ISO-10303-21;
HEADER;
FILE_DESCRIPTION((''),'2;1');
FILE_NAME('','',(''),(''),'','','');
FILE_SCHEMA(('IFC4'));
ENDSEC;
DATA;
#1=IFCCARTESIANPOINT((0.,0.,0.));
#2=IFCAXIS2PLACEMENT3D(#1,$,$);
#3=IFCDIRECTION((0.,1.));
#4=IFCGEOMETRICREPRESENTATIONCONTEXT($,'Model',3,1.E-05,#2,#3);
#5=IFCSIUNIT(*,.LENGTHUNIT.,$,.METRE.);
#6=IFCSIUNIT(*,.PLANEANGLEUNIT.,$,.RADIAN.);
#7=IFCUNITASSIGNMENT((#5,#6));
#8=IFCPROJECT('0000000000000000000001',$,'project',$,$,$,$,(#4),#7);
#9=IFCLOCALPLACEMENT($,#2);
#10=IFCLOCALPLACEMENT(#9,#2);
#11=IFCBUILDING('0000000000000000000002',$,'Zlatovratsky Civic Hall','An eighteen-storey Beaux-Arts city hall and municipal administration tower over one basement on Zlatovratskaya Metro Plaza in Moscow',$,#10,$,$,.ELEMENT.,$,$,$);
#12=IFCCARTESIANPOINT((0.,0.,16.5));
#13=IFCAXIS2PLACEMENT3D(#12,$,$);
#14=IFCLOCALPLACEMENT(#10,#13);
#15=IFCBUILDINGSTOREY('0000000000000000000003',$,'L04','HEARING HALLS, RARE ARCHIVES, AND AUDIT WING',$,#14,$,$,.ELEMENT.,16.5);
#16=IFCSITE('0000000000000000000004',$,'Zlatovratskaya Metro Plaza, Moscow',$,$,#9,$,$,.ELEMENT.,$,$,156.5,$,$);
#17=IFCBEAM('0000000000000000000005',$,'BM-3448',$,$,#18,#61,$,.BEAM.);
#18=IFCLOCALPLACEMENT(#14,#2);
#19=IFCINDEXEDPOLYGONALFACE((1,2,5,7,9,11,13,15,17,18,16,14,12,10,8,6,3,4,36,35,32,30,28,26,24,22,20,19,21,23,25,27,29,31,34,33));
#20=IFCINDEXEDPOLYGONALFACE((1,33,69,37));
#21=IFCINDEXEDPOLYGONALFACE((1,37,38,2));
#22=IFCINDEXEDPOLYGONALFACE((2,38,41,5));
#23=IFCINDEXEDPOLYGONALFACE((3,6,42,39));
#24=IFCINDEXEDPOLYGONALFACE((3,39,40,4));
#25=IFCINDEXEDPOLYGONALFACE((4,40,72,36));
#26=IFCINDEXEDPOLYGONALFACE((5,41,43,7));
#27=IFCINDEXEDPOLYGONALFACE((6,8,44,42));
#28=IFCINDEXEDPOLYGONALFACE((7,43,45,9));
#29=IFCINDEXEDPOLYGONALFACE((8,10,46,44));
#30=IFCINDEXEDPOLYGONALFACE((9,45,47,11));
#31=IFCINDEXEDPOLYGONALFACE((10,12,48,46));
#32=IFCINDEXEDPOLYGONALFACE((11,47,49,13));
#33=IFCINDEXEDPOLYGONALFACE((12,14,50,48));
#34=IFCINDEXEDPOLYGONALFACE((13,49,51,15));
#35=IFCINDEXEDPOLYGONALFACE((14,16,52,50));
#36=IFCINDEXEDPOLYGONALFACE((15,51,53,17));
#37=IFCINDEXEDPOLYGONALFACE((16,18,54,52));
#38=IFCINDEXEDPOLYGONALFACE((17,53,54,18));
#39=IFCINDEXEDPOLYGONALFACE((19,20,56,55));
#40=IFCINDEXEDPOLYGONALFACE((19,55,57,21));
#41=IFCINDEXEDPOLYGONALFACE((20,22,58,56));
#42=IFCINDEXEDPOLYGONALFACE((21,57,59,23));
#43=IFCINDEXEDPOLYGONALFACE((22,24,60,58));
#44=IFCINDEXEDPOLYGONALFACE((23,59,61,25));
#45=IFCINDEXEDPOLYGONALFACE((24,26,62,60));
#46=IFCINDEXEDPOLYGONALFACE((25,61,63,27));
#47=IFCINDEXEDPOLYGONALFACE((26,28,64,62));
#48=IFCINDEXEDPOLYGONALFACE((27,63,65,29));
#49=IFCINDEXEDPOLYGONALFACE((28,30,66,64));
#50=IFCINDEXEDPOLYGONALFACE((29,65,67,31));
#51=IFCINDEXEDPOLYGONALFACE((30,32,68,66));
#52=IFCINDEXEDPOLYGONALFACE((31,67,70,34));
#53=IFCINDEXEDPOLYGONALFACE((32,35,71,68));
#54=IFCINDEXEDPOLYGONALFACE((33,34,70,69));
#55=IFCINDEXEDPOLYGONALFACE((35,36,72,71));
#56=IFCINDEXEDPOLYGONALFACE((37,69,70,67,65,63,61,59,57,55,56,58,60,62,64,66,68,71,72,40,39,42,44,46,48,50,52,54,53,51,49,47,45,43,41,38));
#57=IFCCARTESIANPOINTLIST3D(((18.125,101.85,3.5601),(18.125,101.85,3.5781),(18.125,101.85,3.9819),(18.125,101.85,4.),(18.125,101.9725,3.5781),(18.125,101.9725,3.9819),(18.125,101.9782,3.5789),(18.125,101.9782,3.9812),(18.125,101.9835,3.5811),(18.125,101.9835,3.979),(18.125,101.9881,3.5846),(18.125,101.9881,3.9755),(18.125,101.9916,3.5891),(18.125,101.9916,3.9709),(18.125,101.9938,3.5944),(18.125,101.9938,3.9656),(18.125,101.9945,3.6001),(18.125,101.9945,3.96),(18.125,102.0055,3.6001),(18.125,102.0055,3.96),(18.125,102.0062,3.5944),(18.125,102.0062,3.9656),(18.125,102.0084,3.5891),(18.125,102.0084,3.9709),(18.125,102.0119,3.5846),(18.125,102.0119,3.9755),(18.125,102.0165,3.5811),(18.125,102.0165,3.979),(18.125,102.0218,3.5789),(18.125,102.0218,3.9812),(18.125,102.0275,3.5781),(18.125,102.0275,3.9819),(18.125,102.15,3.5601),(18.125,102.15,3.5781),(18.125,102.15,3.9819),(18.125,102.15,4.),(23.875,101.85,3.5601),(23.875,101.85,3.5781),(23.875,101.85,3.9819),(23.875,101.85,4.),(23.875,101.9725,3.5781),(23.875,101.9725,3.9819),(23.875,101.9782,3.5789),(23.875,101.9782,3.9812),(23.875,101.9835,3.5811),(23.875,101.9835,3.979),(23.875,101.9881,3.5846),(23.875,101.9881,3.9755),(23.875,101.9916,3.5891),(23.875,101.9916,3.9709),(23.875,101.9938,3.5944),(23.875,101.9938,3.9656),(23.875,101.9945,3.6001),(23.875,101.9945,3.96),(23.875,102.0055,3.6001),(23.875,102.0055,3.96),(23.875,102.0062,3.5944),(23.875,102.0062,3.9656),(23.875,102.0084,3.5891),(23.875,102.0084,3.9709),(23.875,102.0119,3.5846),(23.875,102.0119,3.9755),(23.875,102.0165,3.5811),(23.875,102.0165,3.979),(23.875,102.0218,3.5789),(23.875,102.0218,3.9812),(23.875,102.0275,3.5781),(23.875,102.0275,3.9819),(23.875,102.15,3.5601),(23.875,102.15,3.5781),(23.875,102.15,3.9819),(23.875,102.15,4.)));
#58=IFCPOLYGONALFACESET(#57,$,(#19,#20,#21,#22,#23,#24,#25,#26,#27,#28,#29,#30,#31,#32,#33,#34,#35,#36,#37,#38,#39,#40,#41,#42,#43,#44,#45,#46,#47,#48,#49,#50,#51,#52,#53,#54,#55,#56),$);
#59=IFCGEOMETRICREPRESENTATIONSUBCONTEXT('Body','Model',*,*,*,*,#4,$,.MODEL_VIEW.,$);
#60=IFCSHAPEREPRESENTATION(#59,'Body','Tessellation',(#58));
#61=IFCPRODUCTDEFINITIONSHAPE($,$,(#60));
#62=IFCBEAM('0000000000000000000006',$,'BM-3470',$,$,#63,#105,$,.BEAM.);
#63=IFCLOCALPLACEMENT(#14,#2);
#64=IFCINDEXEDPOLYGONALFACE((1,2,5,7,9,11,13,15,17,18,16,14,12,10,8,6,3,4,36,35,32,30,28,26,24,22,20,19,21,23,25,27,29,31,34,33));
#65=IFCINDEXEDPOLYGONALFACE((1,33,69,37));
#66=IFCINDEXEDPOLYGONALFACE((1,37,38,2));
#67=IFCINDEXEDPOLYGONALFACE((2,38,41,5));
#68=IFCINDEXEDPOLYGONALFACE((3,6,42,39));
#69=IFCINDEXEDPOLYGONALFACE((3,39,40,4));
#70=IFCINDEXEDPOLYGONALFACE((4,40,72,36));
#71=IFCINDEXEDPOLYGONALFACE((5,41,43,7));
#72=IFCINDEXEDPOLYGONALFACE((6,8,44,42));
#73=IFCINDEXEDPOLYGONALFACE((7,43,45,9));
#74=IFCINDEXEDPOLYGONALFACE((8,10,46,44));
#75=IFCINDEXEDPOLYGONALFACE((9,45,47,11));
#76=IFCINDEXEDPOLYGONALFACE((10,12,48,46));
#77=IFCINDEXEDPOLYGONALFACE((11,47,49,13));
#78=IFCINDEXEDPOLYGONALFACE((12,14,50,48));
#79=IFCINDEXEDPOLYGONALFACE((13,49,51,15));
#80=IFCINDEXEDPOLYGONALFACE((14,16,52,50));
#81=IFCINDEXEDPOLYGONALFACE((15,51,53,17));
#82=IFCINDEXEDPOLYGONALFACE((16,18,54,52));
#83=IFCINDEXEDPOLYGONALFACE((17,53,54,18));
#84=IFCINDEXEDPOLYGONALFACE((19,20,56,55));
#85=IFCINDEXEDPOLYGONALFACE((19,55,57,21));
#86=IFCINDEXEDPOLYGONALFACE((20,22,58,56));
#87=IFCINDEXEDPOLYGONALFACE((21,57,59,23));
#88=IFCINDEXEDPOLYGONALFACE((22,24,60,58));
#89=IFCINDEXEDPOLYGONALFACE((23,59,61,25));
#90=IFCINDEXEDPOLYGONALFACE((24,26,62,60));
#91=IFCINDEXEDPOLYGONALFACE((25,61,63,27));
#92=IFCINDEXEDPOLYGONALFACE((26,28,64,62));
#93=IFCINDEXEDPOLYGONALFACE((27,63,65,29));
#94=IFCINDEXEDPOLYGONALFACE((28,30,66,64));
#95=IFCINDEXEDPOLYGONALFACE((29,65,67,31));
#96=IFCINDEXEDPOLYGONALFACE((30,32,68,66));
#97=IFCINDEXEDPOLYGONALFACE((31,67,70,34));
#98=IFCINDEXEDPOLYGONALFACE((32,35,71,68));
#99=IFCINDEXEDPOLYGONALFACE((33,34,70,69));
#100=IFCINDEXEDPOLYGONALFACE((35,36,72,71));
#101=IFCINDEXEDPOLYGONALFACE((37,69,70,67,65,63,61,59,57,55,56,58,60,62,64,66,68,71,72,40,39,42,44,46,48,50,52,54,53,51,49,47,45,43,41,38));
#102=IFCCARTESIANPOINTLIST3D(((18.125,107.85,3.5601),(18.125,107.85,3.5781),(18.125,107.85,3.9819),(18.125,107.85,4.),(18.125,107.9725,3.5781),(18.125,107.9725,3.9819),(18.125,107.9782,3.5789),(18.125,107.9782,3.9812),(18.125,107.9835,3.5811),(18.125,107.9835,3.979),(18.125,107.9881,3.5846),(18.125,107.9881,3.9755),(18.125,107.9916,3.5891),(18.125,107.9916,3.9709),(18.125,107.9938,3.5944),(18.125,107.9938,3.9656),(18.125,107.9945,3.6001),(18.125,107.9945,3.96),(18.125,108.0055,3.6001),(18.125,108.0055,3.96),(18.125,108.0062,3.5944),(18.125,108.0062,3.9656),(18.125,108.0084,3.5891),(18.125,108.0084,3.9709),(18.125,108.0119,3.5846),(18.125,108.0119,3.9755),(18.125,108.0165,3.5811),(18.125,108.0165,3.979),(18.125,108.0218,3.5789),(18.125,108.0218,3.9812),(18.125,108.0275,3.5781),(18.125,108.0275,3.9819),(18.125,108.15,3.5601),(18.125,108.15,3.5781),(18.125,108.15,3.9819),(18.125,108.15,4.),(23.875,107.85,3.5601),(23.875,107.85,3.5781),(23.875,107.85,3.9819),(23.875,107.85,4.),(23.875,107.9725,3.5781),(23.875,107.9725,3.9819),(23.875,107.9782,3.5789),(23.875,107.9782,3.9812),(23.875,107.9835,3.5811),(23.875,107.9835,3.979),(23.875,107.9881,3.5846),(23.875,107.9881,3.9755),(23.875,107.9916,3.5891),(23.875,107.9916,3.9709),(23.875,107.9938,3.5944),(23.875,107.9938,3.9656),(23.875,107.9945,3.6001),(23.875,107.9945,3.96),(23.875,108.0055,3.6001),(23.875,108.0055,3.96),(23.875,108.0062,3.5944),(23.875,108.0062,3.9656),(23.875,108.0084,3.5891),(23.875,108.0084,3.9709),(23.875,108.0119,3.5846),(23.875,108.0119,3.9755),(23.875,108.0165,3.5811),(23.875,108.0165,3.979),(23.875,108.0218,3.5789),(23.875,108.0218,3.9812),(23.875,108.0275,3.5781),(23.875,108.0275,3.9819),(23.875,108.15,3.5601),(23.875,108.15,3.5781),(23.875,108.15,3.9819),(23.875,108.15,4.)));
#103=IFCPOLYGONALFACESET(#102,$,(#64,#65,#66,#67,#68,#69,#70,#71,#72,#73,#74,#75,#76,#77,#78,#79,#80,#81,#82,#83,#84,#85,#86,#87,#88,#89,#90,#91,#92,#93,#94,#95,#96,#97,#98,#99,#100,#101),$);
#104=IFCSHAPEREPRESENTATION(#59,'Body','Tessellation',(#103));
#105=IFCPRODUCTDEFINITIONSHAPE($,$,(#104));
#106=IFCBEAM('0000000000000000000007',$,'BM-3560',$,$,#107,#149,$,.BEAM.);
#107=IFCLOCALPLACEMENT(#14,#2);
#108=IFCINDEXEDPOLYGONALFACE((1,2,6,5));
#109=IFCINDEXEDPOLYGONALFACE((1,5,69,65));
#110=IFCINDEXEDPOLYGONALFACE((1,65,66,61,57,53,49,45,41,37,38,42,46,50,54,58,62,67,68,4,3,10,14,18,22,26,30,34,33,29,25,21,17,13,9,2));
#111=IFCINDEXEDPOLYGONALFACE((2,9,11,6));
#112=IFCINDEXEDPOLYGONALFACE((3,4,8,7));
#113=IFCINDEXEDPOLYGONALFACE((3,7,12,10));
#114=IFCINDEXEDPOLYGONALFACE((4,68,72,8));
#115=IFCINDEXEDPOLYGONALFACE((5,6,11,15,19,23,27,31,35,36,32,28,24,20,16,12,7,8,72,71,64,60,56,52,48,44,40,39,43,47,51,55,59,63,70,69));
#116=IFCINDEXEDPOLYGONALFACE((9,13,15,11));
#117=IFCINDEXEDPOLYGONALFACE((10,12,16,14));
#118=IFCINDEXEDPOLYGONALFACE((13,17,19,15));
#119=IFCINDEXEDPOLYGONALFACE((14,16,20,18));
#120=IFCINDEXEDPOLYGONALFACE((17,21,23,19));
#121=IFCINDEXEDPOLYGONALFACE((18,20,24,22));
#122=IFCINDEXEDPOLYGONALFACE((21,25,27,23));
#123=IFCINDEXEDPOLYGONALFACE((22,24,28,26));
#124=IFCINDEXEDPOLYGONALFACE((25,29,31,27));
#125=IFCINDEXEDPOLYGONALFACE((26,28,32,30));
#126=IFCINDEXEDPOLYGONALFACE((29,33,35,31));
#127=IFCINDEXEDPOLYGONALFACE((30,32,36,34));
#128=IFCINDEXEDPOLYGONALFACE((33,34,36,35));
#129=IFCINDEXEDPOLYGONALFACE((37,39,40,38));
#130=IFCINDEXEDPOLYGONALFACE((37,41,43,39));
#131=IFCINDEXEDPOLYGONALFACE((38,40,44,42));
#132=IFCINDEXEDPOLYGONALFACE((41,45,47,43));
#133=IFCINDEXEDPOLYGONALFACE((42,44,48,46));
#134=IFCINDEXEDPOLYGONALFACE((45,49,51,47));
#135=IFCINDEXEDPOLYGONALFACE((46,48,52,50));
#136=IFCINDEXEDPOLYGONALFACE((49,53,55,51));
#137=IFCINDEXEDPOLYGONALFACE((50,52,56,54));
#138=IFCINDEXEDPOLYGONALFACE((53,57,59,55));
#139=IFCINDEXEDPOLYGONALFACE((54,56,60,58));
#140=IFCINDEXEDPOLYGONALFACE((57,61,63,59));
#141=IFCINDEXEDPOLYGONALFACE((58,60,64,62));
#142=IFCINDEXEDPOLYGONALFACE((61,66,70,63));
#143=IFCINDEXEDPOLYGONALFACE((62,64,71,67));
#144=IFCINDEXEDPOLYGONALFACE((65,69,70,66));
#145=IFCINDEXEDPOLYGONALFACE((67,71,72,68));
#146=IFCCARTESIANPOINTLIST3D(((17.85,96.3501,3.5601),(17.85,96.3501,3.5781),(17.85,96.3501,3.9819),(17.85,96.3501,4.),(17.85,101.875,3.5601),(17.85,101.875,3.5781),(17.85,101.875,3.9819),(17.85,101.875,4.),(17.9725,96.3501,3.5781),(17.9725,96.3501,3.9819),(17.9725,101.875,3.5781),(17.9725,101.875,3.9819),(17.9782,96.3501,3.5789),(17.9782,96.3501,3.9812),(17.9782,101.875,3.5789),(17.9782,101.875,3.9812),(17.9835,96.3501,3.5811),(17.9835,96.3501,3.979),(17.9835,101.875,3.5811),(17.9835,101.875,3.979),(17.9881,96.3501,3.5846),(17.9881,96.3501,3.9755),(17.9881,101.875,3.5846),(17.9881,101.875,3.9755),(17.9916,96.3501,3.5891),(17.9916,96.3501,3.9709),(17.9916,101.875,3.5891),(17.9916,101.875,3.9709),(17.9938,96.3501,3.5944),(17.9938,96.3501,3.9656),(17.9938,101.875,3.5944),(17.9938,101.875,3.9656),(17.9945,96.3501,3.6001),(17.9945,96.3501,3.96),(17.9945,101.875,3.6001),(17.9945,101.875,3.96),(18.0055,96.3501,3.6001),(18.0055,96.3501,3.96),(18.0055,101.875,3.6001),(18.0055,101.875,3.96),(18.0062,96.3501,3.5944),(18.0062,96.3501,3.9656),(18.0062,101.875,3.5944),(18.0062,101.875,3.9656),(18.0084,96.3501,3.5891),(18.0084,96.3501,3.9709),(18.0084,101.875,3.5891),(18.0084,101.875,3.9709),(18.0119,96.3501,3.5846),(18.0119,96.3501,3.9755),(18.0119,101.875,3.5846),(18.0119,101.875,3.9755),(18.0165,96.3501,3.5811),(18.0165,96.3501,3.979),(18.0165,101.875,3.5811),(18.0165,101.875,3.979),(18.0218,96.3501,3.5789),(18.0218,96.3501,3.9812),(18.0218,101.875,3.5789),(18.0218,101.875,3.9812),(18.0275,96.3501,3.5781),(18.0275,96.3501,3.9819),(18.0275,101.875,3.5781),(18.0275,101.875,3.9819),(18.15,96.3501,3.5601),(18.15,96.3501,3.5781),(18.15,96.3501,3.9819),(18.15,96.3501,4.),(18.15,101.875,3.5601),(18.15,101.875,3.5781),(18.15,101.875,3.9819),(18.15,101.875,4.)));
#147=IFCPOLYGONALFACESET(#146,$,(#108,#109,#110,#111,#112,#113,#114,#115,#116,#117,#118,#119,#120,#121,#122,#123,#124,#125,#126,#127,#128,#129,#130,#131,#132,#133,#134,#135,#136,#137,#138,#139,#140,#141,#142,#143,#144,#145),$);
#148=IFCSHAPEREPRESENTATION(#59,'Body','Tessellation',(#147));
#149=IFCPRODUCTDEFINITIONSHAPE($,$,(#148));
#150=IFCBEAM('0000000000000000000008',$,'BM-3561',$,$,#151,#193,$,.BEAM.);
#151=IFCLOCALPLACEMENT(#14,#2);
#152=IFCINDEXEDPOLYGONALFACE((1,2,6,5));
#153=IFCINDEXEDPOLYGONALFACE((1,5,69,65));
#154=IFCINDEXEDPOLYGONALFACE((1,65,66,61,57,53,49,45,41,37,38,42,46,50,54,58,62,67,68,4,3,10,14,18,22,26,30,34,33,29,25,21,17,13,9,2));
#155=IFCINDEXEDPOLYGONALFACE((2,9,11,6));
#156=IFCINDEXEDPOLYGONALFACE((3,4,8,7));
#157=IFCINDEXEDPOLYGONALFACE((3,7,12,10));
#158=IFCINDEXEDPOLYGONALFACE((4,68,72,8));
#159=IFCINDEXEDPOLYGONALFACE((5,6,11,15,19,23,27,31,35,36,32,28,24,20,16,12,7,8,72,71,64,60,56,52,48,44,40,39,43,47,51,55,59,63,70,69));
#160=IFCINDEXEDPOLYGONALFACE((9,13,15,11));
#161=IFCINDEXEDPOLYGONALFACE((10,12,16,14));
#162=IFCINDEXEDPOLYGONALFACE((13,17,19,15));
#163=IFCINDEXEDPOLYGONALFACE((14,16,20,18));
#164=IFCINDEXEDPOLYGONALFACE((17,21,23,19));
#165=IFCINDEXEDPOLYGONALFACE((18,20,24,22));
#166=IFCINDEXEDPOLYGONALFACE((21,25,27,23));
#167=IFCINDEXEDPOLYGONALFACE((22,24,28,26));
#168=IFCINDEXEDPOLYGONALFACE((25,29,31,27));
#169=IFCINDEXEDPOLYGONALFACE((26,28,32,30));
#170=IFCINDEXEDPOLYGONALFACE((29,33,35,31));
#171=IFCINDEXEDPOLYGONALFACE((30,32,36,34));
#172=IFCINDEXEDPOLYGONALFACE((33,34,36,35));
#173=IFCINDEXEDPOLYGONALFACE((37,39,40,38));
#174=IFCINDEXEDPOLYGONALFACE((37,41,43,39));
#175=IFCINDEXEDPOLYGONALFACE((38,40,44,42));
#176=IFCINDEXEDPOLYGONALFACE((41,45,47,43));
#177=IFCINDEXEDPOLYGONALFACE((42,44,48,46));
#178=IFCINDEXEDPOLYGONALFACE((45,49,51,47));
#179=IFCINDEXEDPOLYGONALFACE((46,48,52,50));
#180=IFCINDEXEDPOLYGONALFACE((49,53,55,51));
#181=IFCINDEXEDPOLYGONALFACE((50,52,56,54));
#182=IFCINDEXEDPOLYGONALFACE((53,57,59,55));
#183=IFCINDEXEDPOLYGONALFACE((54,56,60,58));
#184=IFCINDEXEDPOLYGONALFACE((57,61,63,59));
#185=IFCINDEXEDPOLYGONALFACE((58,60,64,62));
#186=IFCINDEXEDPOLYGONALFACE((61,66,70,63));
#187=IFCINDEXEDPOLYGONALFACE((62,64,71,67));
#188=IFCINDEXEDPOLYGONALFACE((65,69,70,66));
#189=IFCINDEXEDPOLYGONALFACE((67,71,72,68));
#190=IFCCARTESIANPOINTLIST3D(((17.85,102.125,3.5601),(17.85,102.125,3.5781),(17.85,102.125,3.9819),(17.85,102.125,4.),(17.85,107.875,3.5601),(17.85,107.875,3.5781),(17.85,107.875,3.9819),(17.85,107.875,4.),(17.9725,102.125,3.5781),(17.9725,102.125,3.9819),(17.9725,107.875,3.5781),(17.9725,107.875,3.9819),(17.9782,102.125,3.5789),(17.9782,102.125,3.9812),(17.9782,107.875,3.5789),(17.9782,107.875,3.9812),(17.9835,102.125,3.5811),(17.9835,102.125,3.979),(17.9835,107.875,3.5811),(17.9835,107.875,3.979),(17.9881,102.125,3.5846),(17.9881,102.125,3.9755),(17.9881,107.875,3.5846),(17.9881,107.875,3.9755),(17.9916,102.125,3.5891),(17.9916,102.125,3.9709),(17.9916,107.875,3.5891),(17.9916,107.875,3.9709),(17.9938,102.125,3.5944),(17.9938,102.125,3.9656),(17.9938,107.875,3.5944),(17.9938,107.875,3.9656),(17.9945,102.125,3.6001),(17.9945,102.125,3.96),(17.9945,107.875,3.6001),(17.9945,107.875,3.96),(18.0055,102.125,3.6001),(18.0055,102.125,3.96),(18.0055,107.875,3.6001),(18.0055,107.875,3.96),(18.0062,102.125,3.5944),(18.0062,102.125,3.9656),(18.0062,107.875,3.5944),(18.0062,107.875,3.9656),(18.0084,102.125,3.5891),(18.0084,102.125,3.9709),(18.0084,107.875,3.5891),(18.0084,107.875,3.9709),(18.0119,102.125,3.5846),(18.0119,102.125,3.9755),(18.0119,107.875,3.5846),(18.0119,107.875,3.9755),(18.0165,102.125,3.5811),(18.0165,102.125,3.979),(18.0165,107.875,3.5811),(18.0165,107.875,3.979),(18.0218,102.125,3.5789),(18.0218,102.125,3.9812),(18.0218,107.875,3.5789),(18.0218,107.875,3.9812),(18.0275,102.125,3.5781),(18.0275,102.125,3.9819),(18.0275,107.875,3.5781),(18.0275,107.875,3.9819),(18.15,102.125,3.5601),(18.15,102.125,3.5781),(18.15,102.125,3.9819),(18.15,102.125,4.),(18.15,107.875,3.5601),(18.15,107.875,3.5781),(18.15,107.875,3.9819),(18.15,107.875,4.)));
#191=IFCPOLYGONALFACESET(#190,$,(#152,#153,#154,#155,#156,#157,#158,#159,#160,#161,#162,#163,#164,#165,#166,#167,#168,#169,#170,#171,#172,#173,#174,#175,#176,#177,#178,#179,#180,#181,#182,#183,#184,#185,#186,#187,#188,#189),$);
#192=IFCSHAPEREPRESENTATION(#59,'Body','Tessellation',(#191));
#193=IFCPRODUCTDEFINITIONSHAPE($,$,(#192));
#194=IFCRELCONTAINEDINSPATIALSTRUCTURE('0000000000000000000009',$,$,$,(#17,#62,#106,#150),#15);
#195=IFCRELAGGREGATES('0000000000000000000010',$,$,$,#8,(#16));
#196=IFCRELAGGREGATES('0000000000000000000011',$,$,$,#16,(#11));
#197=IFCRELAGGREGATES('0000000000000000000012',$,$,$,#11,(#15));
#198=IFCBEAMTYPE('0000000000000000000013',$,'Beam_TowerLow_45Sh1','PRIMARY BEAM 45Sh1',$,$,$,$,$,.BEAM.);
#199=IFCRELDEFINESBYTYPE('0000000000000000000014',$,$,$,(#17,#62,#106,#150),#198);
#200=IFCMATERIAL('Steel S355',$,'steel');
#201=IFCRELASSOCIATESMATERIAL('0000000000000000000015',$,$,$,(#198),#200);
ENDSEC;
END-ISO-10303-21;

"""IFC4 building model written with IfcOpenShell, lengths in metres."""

from ifc_helpers import new_model, si_unit, direction, frame, origin, origin_2d, place, context, subcontext, project, spatial, i_section, extrude, material, material_profile, profile_set, type_object, element, save


model = new_model("IFC4")

# Units and contexts
model_context = context("Model", 3, precision=1e-05, world=origin(), true_north=direction((0.0, 1.0)))
body_context = subcontext(model_context, "Body", "Model", "MODEL_VIEW")
ifc_project = project(units=[si_unit("LENGTHUNIT", "METRE"), si_unit("PLANEANGLEUNIT", "RADIAN")], contexts=[model_context])

# Site, building, storey
site_placement = place(None, origin())
site = spatial("IfcSite", under=ifc_project, at=site_placement, Name="Zlatovratskaya Metro Plaza, Moscow", CompositionType="ELEMENT", RefElevation=156.5)
building_placement = place(site_placement, origin())
building = spatial("IfcBuilding", under=site, at=building_placement, Name="Zlatovratsky Civic Hall", Description="An eighteen-storey Beaux-Arts city hall and municipal administration tower over one basement on Zlatovratskaya Metro Plaza in Moscow", CompositionType="ELEMENT")
storey_placement = place(building_placement, frame((0.0, 0.0, 16.5)))
storey = spatial("IfcBuildingStorey", under=building, at=storey_placement, Name="L04", Description="HEARING HALLS, RARE ARCHIVES, AND AUDIT WING", CompositionType="ELEMENT", Elevation=16.5)

# Shared definitions
ifc_material_1 = material(Name="Steel S355", Category="steel")

# Beams
ifc_material_profile_1 = material_profile(ifc_material_1, i_section(OverallWidth=0.3, OverallDepth=0.4399, WebThickness=0.011, FlangeThickness=0.0181, FilletRadius=0.022, at=origin_2d()), Name="45Sh1")
ifc_profile_set_1 = profile_set([ifc_material_profile_1], Name="Steel S355")
beam_type_1 = type_object("IfcBeamType", Name="Beam_TowerLow_45Sh1", Description="PRIMARY BEAM 45Sh1", PredefinedType="BEAM", material=ifc_profile_set_1)
for number, where, z_axis, x_axis, name in (
    (1, (18.125, 102.0, 3.78), (1.0, 0.0, 0.0), (0.0, 1.0, 0.0), "BM-3448"),
    (2, (18.125, 108.0, 3.78), (1.0, 0.0, 0.0), (0.0, 1.0, 0.0), "BM-3470"),
):
    element("IfcBeam", number, at=place(storey_placement, frame(where, z_axis=z_axis, x_axis=x_axis)), inside=storey, type_object=beam_type_1, Name=name, PredefinedType="BEAM", context=body_context, shape_type="SweptSolid", body=[
        extrude(i_section(OverallWidth=0.3, OverallDepth=0.4399, WebThickness=0.011, FlangeThickness=0.0181, FilletRadius=0.022, at=origin_2d()), origin(), (0.0, 0.0, 1.0), 5.75),
    ])
beam_1_placement = place(storey_placement, frame((18.0, 96.3501, 3.78), z_axis=(0.0, 1.0, 0.0), x_axis=(-1.0, 0.0, 0.0)))
element("IfcBeam", 3, at=beam_1_placement, inside=storey, type_object=beam_type_1, Name="BM-3560", PredefinedType="BEAM", context=body_context, shape_type="SweptSolid", body=[
    extrude(i_section(OverallWidth=0.3, OverallDepth=0.4399, WebThickness=0.011, FlangeThickness=0.0181, FilletRadius=0.022, at=origin_2d()), origin(), (0.0, 0.0, 1.0), 5.5249),
])
beam_2_placement = place(storey_placement, frame((18.0, 102.125, 3.78), z_axis=(0.0, 1.0, 0.0), x_axis=(-1.0, 0.0, 0.0)))
element("IfcBeam", 4, at=beam_2_placement, inside=storey, type_object=beam_type_1, Name="BM-3561", PredefinedType="BEAM", context=body_context, shape_type="SweptSolid", body=[
    extrude(i_section(OverallWidth=0.3, OverallDepth=0.4399, WebThickness=0.011, FlangeThickness=0.0181, FilletRadius=0.022, at=origin_2d()), origin(), (0.0, 0.0, 1.0), 5.75),
])

save(model, "model.ifc")
